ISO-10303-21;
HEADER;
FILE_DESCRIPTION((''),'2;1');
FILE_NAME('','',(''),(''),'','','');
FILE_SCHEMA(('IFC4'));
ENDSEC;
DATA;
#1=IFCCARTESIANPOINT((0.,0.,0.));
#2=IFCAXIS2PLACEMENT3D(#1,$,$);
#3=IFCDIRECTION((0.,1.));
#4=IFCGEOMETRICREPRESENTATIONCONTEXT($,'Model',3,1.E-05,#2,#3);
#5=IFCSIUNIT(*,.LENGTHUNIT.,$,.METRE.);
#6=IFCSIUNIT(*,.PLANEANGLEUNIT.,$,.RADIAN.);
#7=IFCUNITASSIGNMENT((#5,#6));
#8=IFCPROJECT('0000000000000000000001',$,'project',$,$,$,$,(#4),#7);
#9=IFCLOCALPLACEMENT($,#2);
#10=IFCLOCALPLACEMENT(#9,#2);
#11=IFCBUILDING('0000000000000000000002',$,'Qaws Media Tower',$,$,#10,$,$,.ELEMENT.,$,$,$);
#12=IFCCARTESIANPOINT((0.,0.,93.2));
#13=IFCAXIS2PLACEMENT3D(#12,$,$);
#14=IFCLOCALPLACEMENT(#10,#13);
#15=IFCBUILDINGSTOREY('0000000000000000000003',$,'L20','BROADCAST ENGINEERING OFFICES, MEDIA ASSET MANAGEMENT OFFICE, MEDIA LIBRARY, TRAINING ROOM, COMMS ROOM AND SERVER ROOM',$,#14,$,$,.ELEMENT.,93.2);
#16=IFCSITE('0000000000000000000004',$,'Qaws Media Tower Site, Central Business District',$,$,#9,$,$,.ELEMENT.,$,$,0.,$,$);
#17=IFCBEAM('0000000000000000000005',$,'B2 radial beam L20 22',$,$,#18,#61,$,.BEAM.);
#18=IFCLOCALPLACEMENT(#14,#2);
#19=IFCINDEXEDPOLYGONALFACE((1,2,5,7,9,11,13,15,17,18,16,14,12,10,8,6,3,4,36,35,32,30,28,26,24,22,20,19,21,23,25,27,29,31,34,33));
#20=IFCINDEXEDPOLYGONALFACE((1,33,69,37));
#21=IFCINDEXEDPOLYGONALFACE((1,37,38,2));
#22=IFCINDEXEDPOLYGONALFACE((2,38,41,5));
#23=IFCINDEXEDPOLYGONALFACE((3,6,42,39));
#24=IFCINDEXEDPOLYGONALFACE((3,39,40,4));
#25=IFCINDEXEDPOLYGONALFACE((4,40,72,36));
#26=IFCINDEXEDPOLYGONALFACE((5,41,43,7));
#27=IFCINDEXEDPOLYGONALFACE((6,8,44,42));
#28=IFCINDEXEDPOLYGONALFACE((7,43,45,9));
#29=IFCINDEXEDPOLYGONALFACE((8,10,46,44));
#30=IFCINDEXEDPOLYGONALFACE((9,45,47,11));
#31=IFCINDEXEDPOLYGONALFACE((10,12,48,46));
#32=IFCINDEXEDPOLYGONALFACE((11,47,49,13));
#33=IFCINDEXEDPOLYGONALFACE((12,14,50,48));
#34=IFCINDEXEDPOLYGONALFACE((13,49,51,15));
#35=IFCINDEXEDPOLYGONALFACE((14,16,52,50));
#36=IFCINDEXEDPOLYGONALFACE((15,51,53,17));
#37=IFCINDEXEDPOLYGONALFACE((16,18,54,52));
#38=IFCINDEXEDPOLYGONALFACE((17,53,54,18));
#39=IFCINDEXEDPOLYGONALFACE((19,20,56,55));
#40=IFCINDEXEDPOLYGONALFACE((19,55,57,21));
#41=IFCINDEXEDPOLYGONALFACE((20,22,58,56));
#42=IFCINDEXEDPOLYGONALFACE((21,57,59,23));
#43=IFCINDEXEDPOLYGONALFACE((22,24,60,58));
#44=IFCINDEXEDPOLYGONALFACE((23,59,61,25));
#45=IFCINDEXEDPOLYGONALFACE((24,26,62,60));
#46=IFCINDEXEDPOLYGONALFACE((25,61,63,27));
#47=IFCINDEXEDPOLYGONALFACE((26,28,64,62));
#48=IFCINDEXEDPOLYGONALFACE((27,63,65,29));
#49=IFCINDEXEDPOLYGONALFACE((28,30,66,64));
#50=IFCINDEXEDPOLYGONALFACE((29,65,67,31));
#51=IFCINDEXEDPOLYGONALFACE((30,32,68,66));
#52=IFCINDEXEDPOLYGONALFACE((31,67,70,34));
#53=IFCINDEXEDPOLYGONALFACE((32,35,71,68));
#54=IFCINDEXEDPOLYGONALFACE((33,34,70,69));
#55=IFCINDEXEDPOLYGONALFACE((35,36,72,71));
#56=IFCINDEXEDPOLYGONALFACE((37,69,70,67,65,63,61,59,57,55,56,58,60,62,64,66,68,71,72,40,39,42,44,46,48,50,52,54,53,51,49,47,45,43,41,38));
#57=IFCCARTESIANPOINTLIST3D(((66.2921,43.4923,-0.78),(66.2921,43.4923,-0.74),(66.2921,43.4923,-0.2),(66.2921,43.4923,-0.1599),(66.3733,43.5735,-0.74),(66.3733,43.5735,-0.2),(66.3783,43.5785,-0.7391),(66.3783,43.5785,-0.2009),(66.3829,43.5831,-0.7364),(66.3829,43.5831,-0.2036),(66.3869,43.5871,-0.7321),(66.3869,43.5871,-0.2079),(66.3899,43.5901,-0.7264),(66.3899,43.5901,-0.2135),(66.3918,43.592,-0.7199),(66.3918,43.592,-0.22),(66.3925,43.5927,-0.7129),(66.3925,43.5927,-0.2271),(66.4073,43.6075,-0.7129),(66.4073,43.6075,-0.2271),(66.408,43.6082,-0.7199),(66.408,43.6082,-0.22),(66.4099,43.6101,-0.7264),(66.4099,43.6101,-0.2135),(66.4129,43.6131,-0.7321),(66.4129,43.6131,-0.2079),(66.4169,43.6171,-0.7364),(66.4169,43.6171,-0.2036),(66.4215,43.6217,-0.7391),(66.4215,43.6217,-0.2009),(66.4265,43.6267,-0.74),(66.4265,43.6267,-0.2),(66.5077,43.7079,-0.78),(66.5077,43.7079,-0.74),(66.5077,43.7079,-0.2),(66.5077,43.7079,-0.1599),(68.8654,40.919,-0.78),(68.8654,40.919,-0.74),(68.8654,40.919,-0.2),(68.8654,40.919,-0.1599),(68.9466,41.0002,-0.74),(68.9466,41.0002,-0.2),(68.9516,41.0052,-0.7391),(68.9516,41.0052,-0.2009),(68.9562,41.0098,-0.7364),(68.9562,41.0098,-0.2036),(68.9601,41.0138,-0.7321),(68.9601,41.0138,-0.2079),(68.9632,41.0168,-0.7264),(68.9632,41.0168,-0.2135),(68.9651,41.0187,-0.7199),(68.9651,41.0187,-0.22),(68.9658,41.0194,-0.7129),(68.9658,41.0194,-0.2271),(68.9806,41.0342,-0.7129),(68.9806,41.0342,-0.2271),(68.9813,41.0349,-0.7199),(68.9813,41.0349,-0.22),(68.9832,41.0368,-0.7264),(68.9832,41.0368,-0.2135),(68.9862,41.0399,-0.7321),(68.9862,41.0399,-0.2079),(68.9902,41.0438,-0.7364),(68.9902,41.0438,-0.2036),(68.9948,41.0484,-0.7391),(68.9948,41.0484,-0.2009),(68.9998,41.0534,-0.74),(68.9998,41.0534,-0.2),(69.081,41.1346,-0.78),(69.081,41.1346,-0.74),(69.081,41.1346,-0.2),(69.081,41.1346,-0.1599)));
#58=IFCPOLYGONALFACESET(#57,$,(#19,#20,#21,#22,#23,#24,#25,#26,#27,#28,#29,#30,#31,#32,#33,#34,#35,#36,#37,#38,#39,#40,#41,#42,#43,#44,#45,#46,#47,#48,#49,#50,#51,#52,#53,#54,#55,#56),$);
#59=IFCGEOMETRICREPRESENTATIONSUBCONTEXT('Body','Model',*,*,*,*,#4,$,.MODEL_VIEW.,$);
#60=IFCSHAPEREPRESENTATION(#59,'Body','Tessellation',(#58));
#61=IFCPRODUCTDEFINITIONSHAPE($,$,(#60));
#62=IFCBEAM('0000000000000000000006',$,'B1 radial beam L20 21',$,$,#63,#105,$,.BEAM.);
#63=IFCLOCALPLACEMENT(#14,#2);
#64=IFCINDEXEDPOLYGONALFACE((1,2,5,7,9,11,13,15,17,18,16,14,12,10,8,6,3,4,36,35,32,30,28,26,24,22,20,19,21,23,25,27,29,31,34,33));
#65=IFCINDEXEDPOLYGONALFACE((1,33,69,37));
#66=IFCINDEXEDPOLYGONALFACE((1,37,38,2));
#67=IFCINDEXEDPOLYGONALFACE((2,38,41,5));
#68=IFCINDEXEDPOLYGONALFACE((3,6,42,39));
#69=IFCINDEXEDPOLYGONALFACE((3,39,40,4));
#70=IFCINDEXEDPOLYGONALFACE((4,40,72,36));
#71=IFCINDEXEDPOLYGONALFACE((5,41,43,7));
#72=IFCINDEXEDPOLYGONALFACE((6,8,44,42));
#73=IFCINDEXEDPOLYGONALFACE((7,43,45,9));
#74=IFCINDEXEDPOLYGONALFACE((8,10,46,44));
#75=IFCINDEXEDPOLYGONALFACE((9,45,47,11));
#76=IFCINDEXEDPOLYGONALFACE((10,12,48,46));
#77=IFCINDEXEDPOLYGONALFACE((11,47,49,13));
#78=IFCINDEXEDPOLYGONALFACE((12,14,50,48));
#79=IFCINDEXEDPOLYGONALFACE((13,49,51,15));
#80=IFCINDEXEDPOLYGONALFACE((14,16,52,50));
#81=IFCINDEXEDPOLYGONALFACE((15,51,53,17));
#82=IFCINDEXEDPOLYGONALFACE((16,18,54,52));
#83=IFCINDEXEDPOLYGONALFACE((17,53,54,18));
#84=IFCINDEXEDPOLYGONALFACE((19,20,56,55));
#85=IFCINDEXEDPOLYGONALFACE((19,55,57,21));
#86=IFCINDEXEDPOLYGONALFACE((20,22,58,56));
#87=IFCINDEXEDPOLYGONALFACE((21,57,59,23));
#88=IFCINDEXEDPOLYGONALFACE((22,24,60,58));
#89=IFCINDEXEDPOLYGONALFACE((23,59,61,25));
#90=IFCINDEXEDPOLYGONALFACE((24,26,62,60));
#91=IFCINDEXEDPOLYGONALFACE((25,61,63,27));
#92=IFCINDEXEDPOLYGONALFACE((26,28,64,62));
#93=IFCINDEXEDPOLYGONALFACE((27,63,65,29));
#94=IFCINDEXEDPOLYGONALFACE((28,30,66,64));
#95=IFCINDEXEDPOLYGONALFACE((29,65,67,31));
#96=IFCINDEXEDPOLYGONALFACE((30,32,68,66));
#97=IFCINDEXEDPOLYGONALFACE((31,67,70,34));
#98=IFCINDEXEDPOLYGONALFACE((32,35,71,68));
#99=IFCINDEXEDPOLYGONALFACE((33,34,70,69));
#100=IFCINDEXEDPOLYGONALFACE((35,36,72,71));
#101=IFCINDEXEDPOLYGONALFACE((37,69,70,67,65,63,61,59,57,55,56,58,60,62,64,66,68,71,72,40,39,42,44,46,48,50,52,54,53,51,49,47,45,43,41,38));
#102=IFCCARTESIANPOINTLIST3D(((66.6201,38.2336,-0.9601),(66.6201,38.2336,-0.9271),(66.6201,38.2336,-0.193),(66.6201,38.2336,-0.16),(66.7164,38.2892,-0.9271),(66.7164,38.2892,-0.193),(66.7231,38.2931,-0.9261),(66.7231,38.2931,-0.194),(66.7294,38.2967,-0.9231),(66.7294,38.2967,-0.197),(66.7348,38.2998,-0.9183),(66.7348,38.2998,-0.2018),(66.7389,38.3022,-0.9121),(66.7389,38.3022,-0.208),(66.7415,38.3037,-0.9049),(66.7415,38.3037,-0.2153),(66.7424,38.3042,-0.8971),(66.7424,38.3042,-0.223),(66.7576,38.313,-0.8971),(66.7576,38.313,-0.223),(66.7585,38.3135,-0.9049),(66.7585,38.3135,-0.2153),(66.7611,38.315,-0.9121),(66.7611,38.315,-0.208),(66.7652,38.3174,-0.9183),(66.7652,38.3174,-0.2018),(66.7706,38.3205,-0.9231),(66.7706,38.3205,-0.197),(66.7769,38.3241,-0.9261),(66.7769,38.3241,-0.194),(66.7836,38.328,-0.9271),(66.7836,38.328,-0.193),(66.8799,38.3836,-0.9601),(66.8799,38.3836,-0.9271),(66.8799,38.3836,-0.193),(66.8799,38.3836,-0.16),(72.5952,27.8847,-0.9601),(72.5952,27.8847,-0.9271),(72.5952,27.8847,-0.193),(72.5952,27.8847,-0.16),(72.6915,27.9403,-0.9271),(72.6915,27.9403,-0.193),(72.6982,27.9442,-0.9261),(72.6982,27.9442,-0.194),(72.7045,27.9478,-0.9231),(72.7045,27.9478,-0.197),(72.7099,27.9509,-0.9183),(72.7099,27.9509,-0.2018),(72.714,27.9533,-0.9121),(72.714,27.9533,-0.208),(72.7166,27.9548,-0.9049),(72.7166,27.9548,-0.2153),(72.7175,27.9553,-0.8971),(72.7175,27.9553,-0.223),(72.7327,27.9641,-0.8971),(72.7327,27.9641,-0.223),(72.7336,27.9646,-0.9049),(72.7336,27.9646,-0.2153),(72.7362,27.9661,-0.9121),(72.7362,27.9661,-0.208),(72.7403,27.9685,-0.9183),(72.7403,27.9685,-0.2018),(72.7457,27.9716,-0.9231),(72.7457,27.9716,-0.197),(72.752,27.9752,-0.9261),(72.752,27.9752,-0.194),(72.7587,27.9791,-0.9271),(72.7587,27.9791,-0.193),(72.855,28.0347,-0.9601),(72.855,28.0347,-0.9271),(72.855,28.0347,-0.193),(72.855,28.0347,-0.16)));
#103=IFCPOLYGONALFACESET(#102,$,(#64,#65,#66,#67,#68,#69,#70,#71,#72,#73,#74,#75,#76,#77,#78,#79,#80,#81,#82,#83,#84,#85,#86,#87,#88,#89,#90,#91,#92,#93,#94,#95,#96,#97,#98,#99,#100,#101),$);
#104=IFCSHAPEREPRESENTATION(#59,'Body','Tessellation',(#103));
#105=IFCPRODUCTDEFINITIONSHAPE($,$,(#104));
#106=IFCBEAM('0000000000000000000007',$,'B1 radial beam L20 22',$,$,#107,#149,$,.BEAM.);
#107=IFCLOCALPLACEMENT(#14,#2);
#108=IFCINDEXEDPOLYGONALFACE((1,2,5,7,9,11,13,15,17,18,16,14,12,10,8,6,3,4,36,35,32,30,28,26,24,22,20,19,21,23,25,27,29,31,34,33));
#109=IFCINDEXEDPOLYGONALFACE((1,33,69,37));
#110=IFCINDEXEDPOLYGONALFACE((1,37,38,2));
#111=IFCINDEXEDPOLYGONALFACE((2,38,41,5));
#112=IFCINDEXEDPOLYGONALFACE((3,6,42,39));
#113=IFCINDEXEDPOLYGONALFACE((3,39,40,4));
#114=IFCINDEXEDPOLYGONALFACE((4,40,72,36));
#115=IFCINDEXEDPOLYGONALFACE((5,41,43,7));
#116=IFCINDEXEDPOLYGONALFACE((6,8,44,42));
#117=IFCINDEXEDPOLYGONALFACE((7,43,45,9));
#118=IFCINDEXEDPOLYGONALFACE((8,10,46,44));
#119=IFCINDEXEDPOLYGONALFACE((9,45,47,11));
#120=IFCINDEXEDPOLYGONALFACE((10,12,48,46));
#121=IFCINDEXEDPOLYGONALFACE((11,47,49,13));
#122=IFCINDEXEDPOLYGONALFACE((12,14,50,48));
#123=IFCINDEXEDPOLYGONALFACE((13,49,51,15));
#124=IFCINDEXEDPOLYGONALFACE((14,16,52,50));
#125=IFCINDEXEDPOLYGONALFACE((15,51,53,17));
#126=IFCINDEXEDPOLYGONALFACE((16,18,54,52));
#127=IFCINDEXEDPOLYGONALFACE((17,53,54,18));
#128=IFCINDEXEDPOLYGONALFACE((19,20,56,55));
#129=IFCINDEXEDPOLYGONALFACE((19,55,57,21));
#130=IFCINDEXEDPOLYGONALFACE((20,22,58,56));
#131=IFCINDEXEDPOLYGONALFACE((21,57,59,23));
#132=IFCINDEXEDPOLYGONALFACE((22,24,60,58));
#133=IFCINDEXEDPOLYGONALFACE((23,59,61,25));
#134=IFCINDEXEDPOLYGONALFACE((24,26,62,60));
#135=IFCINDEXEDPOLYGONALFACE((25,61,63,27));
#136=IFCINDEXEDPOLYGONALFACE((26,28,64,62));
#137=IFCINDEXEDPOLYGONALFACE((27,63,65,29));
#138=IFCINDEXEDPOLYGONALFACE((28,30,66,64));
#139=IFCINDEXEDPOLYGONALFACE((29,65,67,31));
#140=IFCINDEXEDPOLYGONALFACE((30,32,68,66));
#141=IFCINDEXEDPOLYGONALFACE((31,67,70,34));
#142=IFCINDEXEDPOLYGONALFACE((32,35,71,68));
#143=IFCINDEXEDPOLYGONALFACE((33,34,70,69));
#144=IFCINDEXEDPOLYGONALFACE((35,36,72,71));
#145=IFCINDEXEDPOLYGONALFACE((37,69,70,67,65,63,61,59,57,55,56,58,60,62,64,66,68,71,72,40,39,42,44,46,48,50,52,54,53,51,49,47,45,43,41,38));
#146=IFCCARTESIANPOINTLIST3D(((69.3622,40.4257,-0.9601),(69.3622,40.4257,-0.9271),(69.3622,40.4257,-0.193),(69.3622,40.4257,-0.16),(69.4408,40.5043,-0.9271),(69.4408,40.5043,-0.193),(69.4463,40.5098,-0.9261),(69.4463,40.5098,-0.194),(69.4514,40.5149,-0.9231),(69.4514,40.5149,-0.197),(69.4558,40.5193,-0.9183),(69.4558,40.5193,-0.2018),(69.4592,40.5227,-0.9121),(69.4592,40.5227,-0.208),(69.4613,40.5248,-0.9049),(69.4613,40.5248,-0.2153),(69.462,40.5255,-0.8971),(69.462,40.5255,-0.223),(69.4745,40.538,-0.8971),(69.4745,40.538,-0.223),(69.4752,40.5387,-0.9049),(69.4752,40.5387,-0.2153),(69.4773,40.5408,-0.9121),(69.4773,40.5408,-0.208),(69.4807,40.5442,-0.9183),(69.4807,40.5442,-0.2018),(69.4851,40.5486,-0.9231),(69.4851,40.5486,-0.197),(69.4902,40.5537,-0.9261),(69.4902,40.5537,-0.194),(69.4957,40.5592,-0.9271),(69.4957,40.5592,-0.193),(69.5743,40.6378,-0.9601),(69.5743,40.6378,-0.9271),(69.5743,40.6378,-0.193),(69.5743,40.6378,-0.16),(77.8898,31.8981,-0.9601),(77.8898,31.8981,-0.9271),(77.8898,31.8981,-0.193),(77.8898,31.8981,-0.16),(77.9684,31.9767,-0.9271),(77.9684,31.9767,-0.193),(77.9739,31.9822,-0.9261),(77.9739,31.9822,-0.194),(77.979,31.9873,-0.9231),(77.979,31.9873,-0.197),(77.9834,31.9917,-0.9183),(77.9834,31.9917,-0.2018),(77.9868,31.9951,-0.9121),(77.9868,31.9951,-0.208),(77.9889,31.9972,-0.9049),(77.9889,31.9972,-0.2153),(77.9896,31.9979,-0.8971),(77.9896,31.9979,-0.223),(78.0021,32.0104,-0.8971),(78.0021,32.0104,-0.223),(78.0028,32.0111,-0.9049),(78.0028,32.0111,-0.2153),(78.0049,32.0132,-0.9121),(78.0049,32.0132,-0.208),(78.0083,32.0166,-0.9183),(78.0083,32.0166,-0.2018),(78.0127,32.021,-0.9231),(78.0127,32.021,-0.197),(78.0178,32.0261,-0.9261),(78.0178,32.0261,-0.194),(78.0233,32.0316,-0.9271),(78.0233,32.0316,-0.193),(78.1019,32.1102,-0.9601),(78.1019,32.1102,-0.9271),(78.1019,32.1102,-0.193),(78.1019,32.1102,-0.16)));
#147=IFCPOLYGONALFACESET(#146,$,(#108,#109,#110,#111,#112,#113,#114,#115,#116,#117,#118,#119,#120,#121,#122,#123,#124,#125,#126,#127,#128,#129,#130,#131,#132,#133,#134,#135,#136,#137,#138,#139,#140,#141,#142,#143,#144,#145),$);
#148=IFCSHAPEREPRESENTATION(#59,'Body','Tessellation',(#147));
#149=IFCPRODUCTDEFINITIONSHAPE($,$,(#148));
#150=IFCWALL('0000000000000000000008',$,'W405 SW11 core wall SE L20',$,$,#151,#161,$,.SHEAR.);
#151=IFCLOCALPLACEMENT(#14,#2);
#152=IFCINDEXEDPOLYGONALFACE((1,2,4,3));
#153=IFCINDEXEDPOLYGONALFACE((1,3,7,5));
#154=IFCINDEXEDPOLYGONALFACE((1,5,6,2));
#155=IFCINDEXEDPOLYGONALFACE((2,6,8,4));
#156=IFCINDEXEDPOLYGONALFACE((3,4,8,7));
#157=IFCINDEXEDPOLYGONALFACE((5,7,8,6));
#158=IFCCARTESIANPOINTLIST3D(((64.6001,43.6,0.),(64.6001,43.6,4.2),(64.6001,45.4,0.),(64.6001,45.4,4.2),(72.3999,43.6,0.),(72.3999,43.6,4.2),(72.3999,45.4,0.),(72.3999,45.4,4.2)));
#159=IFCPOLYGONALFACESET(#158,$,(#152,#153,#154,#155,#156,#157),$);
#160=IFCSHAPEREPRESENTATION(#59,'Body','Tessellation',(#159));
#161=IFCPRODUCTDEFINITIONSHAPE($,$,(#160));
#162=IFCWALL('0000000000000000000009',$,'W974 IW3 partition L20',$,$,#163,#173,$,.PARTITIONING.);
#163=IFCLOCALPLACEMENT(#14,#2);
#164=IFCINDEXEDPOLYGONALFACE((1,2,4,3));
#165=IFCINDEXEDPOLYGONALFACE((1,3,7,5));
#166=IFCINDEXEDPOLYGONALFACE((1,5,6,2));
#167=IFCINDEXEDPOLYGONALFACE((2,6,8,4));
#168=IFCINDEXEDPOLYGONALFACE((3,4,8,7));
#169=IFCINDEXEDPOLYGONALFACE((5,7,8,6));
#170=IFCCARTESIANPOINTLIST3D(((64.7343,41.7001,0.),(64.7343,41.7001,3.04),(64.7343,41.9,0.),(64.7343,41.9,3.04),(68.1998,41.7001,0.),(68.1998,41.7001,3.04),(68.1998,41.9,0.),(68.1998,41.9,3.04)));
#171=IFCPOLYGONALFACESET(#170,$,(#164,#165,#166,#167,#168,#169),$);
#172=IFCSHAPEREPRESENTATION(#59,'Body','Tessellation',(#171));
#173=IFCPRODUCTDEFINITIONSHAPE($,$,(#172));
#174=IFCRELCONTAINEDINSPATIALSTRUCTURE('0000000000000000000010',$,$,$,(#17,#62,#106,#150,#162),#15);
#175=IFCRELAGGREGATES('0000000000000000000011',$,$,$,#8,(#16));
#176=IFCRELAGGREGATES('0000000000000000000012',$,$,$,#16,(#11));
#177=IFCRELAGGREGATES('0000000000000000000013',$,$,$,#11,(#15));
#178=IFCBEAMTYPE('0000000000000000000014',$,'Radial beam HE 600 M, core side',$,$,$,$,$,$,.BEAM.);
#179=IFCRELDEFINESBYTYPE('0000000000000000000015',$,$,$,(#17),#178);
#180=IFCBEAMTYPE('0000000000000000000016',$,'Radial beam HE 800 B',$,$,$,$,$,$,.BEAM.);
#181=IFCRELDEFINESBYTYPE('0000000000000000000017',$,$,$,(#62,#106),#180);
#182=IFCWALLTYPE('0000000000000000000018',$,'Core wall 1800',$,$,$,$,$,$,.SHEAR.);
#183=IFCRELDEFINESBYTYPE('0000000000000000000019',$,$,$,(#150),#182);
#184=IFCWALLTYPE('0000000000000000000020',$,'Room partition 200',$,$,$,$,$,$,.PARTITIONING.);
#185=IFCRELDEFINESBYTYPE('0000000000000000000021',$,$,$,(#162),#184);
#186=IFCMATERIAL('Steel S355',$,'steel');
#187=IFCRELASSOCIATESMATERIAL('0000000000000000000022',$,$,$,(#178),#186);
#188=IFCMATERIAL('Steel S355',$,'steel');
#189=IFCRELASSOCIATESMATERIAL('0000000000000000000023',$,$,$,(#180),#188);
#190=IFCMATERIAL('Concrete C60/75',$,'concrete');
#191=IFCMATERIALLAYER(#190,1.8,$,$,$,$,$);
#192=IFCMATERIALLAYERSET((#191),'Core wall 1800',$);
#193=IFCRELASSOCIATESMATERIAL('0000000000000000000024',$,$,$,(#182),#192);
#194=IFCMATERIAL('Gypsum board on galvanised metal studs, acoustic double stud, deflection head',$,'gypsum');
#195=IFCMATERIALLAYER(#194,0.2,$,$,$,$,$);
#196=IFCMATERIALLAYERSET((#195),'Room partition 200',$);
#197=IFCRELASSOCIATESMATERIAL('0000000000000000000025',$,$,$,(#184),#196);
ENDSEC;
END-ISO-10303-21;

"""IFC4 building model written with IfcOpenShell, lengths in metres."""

from ifc_helpers import new_model, si_unit, direction, frame, frame_2d, origin, origin_2d, place, context, subcontext, project, spatial, rectangle, i_section, extrude, material, layer, layer_set, material_profile, profile_set, type_object, element, save


model = new_model("IFC4")

# Units and contexts
model_context = context("Model", 3, precision=1e-05, world=origin(), true_north=direction((0.0, 1.0)))
body_context = subcontext(model_context, "Body", "Model", "MODEL_VIEW")
ifc_project = project(units=[si_unit("LENGTHUNIT", "METRE"), si_unit("PLANEANGLEUNIT", "RADIAN")], contexts=[model_context])

# Site, building, storey
site_placement = place(None, origin())
site = spatial("IfcSite", under=ifc_project, at=site_placement, Name="Qaws Media Tower Site, Central Business District", CompositionType="ELEMENT", RefElevation=0.0)
building_placement = place(site_placement, origin())
building = spatial("IfcBuilding", under=site, at=building_placement, Name="Qaws Media Tower", CompositionType="ELEMENT")
storey_placement = place(building_placement, frame((0.0, 0.0, 93.2)))
storey = spatial("IfcBuildingStorey", under=building, at=storey_placement, Name="L20", Description="BROADCAST ENGINEERING OFFICES, MEDIA ASSET MANAGEMENT OFFICE, MEDIA LIBRARY, TRAINING ROOM, COMMS ROOM AND SERVER ROOM", CompositionType="ELEMENT", Elevation=93.2)

# Beams
ifc_material_1 = material(Name="Steel S355", Category="steel")
ifc_material_profile_1 = material_profile(ifc_material_1, i_section(OverallWidth=0.3049, OverallDepth=0.6201, WebThickness=0.021, FlangeThickness=0.04, FilletRadius=0.0271, at=origin_2d()), Name="HE 600 M")
ifc_profile_set_1 = profile_set([ifc_material_profile_1], Name="Steel S355")
beam_type_1 = type_object("IfcBeamType", Name="Radial beam HE 600 M, core side", PredefinedType="BEAM", material=ifc_profile_set_1)
beam_1_placement = place(storey_placement, frame((66.3999, 43.6001, -0.47), z_axis=(0.707107, -0.707107, 0.0), x_axis=(0.707107, 0.707107, 0.0)))
element("IfcBeam", 1, at=beam_1_placement, inside=storey, type_object=beam_type_1, Name="B2 radial beam L20 22", PredefinedType="BEAM", context=body_context, shape_type="SweptSolid", body=[
    extrude(i_section(OverallWidth=0.3049, OverallDepth=0.6201, WebThickness=0.021, FlangeThickness=0.04, FilletRadius=0.0271, at=origin_2d()), origin(), (0.0, 0.0, 1.0), 3.6392),
])
ifc_material_2 = material(Name="Steel S355", Category="steel")
ifc_material_profile_2 = material_profile(ifc_material_2, i_section(OverallWidth=0.3, OverallDepth=0.8, WebThickness=0.0176, FlangeThickness=0.033, FilletRadius=0.03, at=origin_2d()), Name="HE 800 B")
ifc_profile_set_2 = profile_set([ifc_material_profile_2], Name="Steel S355")
beam_type_2 = type_object("IfcBeamType", Name="Radial beam HE 800 B", PredefinedType="BEAM", material=ifc_profile_set_2)
beam_2_placement = place(storey_placement, frame((66.75, 38.3086, -0.5601), z_axis=(0.500011, -0.866019, 0.0), x_axis=(0.866019, 0.500011, 0.0)))
element("IfcBeam", 2, at=beam_2_placement, inside=storey, type_object=beam_type_2, Name="B1 radial beam L20 21", PredefinedType="BEAM", context=body_context, shape_type="SweptSolid", body=[
    extrude(i_section(OverallWidth=0.3, OverallDepth=0.8, WebThickness=0.0176, FlangeThickness=0.033, FilletRadius=0.03, at=origin_2d()), origin(), (0.0, 0.0, 1.0), 11.95),
])
beam_3_placement = place(storey_placement, frame((69.4683, 40.5317, -0.5601), z_axis=(0.707107, -0.707107, 0.0), x_axis=(0.707107, 0.707107, 0.0)))
element("IfcBeam", 3, at=beam_3_placement, inside=storey, type_object=beam_type_2, Name="B1 radial beam L20 22", PredefinedType="BEAM", context=body_context, shape_type="SweptSolid", body=[
    extrude(i_section(OverallWidth=0.3, OverallDepth=0.8, WebThickness=0.0176, FlangeThickness=0.033, FilletRadius=0.03, at=origin_2d()), origin(), (0.0, 0.0, 1.0), 12.0598),
])

# Walls
ifc_material_3 = material(Name="Concrete C60/75", Category="concrete")
ifc_layer_1 = layer(ifc_material_3, 1.8)
ifc_layer_set_1 = layer_set([ifc_layer_1], Name="Core wall 1800")
wall_type_1 = type_object("IfcWallType", Name="Core wall 1800", PredefinedType="SHEAR", material=ifc_layer_set_1)
wall_1_placement = place(storey_placement, frame((64.6001, 44.5, 0.0), z_axis=(0.0, 0.0, 1.0), x_axis=(1.0, 0.0, 0.0)))
element("IfcWall", 4, at=wall_1_placement, inside=storey, type_object=wall_type_1, Name="W405 SW11 core wall SE L20", PredefinedType="SHEAR", context=body_context, shape_type="SweptSolid", body=[
    extrude(rectangle(XDim=7.7998, YDim=1.8, at=frame_2d((3.8999, 0.0))), origin(), (0.0, 0.0, 1.0), 4.2),
])
ifc_material_4 = material(Name="Gypsum board on galvanised metal studs, acoustic double stud, deflection head", Category="gypsum")
ifc_layer_2 = layer(ifc_material_4, 0.2)
ifc_layer_set_2 = layer_set([ifc_layer_2], Name="Room partition 200")
wall_type_2 = type_object("IfcWallType", Name="Room partition 200", PredefinedType="PARTITIONING", material=ifc_layer_set_2)
wall_2_placement = place(storey_placement, frame((68.2, 41.8, 0.0), z_axis=(0.0, 0.0, 1.0), x_axis=(-1.0, 0.0, 0.0)))
element("IfcWall", 5, at=wall_2_placement, inside=storey, type_object=wall_type_2, Name="W974 IW3 partition L20", PredefinedType="PARTITIONING", context=body_context, shape_type="SweptSolid", body=[
    extrude(rectangle(XDim=3.4656, YDim=0.2, at=frame_2d((1.7329, 0.0))), origin(), (0.0, 0.0, 1.0), 3.04),
])

save(model, "model.ifc")
